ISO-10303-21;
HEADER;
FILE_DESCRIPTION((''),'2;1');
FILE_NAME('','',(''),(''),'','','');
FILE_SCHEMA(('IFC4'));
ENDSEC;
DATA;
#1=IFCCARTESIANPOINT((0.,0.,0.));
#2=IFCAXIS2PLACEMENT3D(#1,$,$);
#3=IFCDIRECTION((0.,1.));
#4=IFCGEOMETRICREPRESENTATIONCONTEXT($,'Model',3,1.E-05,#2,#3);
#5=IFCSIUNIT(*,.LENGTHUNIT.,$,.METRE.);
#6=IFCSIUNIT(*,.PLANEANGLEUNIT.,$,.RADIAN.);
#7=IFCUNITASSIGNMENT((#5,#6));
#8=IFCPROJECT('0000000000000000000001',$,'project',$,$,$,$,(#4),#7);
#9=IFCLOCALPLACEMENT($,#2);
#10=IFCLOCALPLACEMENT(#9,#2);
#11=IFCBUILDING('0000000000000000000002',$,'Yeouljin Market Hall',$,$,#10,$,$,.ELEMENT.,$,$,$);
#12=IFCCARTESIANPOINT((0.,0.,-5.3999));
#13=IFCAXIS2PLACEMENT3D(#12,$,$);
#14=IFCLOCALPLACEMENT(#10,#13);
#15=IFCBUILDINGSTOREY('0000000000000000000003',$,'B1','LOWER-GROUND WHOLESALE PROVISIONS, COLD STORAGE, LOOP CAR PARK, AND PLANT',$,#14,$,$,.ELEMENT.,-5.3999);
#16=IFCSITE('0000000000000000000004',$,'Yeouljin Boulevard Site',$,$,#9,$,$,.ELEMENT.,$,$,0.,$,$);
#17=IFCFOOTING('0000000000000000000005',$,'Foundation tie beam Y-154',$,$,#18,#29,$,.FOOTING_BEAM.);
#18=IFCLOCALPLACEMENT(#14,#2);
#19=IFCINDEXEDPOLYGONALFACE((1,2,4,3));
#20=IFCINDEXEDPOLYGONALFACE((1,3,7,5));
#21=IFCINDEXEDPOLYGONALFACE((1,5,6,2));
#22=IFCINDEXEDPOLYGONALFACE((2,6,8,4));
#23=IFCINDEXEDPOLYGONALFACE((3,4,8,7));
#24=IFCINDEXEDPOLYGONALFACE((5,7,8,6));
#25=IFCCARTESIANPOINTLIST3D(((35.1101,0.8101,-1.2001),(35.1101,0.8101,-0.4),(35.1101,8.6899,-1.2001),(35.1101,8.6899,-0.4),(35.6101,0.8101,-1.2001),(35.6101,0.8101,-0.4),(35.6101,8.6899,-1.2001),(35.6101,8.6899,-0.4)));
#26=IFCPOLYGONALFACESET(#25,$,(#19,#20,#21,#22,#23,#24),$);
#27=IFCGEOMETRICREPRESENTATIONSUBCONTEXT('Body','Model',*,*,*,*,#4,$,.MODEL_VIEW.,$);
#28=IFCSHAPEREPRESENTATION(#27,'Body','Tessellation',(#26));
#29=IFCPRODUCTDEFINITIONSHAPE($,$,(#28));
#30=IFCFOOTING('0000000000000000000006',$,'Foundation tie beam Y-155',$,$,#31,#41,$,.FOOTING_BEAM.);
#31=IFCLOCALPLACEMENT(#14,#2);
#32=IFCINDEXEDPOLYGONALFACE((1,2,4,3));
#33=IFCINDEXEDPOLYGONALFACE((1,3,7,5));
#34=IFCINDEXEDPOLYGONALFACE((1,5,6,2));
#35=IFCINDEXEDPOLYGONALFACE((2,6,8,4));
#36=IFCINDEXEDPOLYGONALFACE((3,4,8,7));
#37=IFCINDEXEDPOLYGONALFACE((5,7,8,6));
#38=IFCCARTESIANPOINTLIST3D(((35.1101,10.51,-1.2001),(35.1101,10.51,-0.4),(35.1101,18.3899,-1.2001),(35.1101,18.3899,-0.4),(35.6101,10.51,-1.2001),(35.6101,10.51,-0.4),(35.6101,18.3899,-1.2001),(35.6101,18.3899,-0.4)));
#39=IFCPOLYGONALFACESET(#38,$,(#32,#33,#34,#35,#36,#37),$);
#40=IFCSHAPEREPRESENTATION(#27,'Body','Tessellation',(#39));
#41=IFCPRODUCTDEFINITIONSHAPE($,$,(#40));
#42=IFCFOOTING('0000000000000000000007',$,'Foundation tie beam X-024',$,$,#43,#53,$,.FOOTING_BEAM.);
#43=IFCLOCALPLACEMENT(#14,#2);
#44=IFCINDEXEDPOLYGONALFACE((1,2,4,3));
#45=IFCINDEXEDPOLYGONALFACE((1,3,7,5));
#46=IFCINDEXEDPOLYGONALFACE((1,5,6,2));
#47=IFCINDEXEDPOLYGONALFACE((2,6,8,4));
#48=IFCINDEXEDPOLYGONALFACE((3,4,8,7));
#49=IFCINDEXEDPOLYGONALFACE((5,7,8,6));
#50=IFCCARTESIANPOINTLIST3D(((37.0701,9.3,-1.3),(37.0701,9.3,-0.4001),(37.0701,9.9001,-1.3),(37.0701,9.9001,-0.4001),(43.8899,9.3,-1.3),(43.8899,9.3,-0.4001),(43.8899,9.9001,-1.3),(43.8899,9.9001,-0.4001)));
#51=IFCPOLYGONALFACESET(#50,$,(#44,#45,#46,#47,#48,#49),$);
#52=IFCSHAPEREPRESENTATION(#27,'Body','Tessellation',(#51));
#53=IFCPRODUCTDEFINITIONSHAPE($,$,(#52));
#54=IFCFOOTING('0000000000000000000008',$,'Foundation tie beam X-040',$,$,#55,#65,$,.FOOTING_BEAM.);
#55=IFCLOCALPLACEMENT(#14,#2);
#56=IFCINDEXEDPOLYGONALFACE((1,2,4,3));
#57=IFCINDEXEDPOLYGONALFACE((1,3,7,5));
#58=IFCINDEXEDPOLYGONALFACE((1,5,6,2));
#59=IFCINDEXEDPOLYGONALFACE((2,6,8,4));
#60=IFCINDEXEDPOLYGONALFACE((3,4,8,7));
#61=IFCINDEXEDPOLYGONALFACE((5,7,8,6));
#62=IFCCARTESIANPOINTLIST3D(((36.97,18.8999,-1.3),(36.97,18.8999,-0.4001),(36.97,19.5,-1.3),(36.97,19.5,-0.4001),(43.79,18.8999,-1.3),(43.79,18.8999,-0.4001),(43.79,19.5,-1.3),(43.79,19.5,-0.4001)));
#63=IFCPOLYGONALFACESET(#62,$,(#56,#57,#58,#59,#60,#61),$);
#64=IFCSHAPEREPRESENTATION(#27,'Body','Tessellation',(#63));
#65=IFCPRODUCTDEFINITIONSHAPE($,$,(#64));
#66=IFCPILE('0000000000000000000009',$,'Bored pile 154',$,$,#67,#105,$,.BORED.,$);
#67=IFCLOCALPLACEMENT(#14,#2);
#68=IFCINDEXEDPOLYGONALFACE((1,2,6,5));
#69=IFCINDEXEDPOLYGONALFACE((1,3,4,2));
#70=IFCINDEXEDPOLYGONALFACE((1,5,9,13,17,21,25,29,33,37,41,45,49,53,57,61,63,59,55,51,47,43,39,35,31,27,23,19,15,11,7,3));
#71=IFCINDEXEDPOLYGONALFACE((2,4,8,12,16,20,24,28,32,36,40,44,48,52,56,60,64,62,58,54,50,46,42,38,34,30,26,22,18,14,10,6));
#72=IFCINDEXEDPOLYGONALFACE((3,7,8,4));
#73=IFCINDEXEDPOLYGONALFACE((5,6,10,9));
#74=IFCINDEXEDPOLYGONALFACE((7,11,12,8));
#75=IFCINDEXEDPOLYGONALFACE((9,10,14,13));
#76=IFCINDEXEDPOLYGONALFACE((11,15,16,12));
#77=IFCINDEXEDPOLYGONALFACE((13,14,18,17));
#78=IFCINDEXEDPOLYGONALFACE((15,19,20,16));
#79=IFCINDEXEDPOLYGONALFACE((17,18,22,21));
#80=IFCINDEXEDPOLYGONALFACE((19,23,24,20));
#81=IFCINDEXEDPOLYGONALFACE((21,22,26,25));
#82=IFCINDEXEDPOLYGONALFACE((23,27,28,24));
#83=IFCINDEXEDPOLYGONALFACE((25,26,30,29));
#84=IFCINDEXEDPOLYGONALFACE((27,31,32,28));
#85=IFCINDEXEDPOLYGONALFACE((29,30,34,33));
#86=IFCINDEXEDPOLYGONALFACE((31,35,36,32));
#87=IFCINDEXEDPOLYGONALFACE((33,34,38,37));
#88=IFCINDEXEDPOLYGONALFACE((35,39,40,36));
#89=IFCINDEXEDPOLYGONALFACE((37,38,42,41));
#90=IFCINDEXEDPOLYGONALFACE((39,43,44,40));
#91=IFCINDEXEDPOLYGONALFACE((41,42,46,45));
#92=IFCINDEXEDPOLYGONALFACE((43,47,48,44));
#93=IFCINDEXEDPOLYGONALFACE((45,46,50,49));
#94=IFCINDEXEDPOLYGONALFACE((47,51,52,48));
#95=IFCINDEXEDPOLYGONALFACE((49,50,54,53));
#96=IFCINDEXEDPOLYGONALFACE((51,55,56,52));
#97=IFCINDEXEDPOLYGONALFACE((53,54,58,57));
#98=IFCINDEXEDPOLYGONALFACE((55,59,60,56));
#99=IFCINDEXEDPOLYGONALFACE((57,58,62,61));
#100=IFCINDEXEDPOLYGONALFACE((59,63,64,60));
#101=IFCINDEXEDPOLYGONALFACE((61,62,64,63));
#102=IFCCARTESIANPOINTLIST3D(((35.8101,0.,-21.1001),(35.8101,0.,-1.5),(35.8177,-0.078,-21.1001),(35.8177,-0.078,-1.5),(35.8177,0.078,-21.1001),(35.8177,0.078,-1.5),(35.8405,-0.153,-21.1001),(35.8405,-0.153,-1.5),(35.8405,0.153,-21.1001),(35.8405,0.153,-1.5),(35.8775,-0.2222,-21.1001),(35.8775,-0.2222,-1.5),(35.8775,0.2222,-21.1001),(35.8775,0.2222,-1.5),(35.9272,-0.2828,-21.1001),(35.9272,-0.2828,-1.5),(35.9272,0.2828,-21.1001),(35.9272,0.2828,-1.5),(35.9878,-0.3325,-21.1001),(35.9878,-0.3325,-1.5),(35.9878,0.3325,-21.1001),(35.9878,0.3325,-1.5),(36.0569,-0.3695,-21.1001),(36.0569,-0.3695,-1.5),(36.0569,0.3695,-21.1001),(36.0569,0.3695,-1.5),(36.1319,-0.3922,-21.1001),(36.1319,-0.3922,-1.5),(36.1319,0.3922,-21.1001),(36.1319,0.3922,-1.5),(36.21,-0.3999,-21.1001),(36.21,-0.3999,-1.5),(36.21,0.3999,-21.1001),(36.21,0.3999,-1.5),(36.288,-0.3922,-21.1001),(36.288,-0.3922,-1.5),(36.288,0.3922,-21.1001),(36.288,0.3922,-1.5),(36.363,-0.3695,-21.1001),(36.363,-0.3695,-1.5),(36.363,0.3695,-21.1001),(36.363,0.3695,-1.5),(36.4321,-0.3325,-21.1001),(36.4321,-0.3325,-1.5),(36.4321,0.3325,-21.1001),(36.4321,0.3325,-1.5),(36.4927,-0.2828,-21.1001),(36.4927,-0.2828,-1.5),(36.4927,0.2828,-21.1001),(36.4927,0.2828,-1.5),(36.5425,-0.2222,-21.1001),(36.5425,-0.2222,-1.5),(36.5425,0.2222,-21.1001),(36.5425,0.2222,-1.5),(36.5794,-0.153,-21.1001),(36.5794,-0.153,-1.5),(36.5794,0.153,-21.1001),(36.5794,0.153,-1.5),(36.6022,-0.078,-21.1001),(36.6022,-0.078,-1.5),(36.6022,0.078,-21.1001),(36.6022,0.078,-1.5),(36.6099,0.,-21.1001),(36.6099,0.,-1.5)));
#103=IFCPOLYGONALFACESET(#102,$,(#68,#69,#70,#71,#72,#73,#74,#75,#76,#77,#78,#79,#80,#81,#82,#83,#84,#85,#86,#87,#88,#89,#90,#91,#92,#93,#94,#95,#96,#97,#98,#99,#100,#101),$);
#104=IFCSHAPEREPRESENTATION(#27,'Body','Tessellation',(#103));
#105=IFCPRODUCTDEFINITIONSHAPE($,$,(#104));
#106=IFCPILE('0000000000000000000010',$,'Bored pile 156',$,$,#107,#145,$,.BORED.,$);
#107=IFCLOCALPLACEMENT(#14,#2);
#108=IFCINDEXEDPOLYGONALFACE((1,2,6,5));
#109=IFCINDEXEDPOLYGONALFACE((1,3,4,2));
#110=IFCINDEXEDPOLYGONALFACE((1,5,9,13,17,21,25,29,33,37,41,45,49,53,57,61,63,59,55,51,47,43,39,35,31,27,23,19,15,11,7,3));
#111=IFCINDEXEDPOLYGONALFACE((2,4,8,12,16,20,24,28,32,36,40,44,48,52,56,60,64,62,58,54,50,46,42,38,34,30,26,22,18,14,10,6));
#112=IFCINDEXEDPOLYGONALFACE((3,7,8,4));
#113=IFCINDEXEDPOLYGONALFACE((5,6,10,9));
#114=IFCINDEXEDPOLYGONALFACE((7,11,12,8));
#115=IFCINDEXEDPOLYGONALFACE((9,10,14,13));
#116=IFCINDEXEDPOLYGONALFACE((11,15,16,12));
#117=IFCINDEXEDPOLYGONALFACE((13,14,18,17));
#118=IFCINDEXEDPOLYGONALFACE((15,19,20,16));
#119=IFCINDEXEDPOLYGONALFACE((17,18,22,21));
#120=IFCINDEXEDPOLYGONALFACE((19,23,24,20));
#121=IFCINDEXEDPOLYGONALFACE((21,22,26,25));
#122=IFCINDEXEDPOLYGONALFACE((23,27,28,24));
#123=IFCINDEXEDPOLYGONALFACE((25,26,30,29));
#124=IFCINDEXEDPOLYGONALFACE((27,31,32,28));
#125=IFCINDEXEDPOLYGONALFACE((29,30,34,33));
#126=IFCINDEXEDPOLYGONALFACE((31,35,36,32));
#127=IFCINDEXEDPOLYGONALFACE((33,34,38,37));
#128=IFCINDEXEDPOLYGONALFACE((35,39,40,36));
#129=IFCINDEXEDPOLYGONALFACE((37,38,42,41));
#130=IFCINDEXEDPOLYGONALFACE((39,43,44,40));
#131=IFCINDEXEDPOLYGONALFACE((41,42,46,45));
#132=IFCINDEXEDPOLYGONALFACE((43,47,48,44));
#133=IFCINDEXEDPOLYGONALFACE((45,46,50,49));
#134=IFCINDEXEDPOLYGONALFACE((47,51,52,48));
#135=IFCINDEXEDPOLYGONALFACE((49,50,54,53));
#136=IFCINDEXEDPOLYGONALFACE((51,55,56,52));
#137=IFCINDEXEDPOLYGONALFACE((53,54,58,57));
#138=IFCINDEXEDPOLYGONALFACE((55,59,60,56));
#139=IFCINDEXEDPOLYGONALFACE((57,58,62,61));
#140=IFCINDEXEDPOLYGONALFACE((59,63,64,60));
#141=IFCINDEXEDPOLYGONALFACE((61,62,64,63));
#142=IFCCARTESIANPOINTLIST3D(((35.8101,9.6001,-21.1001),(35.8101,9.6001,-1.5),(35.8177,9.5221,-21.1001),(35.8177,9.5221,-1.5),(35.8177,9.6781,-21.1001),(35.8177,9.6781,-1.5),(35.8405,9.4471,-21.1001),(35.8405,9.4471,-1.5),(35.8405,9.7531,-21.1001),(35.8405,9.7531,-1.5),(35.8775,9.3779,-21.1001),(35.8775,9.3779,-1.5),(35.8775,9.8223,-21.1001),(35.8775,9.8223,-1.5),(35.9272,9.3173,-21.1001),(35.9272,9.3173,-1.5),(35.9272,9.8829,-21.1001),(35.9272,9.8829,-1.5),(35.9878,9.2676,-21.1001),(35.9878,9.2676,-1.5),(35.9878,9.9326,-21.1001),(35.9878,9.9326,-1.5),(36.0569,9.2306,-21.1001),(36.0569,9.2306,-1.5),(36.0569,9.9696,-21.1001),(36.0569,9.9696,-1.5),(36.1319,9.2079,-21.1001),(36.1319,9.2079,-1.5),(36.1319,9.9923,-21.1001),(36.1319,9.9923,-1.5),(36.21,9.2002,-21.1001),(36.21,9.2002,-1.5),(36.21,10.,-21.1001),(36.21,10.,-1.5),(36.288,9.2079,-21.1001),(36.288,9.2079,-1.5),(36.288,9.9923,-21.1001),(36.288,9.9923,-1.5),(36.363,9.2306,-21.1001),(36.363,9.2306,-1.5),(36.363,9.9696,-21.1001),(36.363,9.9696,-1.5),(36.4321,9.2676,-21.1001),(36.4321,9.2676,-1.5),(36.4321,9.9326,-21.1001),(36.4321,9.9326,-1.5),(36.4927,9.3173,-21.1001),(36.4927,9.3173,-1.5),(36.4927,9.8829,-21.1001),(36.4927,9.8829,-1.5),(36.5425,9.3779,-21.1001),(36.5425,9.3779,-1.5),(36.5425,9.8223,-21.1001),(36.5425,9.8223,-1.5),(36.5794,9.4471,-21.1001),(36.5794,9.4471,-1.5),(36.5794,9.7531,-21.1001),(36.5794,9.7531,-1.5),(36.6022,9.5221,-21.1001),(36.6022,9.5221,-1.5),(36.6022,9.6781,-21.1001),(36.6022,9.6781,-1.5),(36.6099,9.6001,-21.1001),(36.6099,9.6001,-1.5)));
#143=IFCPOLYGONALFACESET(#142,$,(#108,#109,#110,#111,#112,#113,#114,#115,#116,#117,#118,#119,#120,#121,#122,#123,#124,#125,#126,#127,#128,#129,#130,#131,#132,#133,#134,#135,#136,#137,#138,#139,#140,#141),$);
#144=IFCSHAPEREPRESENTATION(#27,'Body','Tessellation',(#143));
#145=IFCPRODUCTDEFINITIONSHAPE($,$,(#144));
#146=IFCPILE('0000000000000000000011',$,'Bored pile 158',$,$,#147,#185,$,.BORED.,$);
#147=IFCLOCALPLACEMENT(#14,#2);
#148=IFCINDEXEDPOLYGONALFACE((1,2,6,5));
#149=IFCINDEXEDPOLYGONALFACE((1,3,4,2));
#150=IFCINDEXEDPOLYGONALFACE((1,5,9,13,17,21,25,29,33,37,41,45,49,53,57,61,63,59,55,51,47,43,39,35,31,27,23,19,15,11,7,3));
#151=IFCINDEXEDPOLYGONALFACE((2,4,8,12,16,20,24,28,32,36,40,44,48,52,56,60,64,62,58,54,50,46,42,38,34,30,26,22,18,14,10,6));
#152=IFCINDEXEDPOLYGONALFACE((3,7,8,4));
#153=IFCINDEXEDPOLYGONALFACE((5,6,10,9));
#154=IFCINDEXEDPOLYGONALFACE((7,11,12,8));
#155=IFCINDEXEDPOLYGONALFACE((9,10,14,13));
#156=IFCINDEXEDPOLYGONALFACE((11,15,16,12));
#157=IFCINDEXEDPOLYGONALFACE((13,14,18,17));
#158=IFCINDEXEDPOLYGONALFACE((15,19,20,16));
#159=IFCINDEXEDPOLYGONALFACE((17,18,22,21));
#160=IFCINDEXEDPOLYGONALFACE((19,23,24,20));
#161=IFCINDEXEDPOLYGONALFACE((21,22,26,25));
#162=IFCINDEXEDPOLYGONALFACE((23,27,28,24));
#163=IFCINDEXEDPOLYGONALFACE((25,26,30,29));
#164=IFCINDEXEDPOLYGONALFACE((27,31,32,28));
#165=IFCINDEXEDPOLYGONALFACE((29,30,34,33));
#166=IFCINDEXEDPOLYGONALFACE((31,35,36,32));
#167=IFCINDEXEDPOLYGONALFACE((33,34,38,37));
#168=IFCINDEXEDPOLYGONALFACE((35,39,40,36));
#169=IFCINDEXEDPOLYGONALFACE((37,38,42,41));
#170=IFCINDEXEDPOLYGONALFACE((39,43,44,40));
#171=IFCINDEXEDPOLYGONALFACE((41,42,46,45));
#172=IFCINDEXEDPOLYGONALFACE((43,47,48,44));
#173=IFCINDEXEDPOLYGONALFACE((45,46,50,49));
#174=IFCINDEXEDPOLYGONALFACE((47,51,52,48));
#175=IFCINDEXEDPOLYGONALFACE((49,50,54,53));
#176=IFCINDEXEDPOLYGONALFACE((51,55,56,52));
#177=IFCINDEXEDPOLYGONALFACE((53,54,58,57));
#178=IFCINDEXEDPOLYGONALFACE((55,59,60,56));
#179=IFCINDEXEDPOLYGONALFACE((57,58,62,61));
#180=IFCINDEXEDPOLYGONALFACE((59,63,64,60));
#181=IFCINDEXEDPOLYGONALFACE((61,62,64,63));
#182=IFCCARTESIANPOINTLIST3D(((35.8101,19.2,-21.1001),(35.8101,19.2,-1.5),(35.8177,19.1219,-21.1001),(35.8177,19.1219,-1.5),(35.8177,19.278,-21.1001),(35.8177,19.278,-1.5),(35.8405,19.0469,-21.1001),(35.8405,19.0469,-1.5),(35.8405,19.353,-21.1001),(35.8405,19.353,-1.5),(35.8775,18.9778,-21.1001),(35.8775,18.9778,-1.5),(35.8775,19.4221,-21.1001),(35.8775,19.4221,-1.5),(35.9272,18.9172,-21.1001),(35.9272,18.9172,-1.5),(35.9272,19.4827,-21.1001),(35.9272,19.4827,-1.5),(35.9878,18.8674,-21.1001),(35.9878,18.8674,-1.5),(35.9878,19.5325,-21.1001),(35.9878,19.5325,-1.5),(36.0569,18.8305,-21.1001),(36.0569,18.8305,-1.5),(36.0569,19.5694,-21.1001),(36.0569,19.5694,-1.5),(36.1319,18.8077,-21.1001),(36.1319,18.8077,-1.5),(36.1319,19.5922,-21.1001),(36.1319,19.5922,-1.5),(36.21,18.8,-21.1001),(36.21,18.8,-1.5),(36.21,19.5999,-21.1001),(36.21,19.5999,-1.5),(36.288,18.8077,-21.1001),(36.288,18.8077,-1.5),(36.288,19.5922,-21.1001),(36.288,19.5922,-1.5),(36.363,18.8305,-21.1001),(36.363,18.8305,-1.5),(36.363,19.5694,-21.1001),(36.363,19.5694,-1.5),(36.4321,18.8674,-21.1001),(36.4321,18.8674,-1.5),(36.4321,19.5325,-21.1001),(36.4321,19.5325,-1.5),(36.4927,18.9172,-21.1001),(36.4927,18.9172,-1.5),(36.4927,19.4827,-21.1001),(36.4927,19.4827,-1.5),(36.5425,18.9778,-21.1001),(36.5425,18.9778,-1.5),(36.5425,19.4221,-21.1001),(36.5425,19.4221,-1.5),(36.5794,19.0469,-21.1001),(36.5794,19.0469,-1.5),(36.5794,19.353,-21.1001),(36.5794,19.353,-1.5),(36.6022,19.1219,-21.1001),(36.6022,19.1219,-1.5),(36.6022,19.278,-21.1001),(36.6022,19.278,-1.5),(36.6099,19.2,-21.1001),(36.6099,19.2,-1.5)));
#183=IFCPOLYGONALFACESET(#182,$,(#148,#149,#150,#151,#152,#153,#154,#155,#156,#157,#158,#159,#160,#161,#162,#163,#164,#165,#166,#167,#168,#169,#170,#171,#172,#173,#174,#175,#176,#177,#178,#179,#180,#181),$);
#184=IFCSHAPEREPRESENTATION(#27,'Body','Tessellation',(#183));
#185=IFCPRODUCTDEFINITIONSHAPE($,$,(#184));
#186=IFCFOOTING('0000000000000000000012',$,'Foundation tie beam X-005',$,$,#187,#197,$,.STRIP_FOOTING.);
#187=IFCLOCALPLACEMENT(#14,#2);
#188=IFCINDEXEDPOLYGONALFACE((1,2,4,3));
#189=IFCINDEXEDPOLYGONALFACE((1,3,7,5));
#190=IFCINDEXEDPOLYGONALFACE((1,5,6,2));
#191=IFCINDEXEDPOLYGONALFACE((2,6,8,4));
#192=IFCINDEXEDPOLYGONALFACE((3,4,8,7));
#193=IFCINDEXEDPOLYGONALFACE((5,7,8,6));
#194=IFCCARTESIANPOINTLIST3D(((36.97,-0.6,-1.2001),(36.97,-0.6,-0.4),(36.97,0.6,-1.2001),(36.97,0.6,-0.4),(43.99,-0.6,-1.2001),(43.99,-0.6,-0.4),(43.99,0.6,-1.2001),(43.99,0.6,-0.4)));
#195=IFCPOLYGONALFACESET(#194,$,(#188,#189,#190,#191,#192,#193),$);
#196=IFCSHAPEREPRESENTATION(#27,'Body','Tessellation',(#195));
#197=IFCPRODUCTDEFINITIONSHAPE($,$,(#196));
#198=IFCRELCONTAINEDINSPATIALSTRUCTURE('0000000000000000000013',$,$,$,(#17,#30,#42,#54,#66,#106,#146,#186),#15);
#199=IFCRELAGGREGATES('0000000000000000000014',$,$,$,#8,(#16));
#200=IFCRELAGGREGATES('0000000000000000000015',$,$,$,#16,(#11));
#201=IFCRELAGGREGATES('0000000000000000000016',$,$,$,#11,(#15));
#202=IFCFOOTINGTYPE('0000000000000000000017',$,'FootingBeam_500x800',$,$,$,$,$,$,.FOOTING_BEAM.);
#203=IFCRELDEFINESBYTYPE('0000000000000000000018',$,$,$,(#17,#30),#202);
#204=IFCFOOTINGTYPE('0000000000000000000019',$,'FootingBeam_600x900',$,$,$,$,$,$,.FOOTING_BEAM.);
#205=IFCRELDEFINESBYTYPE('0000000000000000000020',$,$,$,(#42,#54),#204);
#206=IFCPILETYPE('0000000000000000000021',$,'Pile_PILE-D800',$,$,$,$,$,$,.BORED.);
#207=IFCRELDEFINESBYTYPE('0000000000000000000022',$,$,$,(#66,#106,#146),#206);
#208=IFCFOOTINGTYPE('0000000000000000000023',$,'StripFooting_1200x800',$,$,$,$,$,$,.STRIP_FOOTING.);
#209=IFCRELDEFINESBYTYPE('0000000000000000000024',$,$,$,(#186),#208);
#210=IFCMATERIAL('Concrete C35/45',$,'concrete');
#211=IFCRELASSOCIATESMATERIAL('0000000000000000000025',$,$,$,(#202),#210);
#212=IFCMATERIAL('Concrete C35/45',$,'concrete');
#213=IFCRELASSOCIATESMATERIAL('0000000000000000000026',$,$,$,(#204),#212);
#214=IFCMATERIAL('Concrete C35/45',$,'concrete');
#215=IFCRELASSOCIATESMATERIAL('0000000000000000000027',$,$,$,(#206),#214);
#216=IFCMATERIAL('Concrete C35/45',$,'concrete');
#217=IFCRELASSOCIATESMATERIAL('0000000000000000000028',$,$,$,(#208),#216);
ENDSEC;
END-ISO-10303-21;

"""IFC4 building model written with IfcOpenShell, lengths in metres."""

from ifc_helpers import new_model, si_unit, direction, frame, origin, origin_2d, place, context, subcontext, project, spatial, rectangle, circle, extrude, material, material_profile, profile_set, type_object, element, save


model = new_model("IFC4")

# Units and contexts
model_context = context("Model", 3, precision=1e-05, world=origin(), true_north=direction((0.0, 1.0)))
body_context = subcontext(model_context, "Body", "Model", "MODEL_VIEW")
ifc_project = project(units=[si_unit("LENGTHUNIT", "METRE"), si_unit("PLANEANGLEUNIT", "RADIAN")], contexts=[model_context])

# Site, building, storey
site_placement = place(None, origin())
site = spatial("IfcSite", under=ifc_project, at=site_placement, Name="Yeouljin Boulevard Site", CompositionType="ELEMENT", RefElevation=0.0)
building_placement = place(site_placement, origin())
building = spatial("IfcBuilding", under=site, at=building_placement, Name="Yeouljin Market Hall", CompositionType="ELEMENT")
storey_placement = place(building_placement, frame((0.0, 0.0, -5.3999)))
storey = spatial("IfcBuildingStorey", under=building, at=storey_placement, Name="B1", Description="LOWER-GROUND WHOLESALE PROVISIONS, COLD STORAGE, LOOP CAR PARK, AND PLANT", CompositionType="ELEMENT", Elevation=-5.3999)

# Footings
ifc_material_1 = material(Name="Concrete C35/45", Category="concrete")
ifc_material_profile_1 = material_profile(ifc_material_1, rectangle(XDim=0.5, YDim=0.8, at=origin_2d()), Name="RC-500x800")
ifc_profile_set_1 = profile_set([ifc_material_profile_1], Name="Concrete C35/45")
footing_type_1 = type_object("IfcFootingType", Name="FootingBeam_500x800", PredefinedType="FOOTING_BEAM", material=ifc_profile_set_1)
for number, where, z_axis, x_axis, name in (
    (1, (35.3601, 0.8101, -0.8), (0.0, 1.0, 0.0), (-1.0, 0.0, 0.0), "Foundation tie beam Y-154"),
    (2, (35.3601, 10.51, -0.8), (0.0, 1.0, 0.0), (-1.0, 0.0, 0.0), "Foundation tie beam Y-155"),
):
    element("IfcFooting", number, at=place(storey_placement, frame(where, z_axis=z_axis, x_axis=x_axis)), inside=storey, type_object=footing_type_1, Name=name, PredefinedType="FOOTING_BEAM", context=body_context, shape_type="SweptSolid", body=[
        extrude(rectangle(XDim=0.5, YDim=0.8, at=origin_2d()), origin(), (0.0, 0.0, 1.0), 7.8799),
    ])
ifc_material_2 = material(Name="Concrete C35/45", Category="concrete")
ifc_material_profile_2 = material_profile(ifc_material_2, rectangle(XDim=0.6001, YDim=0.8999, at=origin_2d()), Name="RC-600x900")
ifc_profile_set_2 = profile_set([ifc_material_profile_2], Name="Concrete C35/45")
footing_type_2 = type_object("IfcFootingType", Name="FootingBeam_600x900", PredefinedType="FOOTING_BEAM", material=ifc_profile_set_2)
footing_1_placement = place(storey_placement, frame((37.0701, 9.6001, -0.8501), z_axis=(1.0, 0.0, 0.0), x_axis=(0.0, 1.0, 0.0)))
element("IfcFooting", 3, at=footing_1_placement, inside=storey, type_object=footing_type_2, Name="Foundation tie beam X-024", PredefinedType="FOOTING_BEAM", context=body_context, shape_type="SweptSolid", body=[
    extrude(rectangle(XDim=0.6001, YDim=0.8999, at=origin_2d()), origin(), (0.0, 0.0, 1.0), 6.8198),
])
footing_2_placement = place(storey_placement, frame((36.97, 19.2, -0.8501), z_axis=(1.0, 0.0, 0.0), x_axis=(0.0, 1.0, 0.0)))
element("IfcFooting", 4, at=footing_2_placement, inside=storey, type_object=footing_type_2, Name="Foundation tie beam X-040", PredefinedType="FOOTING_BEAM", context=body_context, shape_type="SweptSolid", body=[
    extrude(rectangle(XDim=0.6001, YDim=0.8999, at=origin_2d()), origin(), (0.0, 0.0, 1.0), 6.8201),
])

# Piles
ifc_material_3 = material(Name="Concrete C35/45", Category="concrete")
ifc_material_profile_3 = material_profile(ifc_material_3, circle(Radius=0.3999, at=origin_2d()), Name="PILE-D800")
ifc_profile_set_3 = profile_set([ifc_material_profile_3], Name="Concrete C35/45")
pile_type = type_object("IfcPileType", Name="Pile_PILE-D800", PredefinedType="BORED", material=ifc_profile_set_3)
for number, where, z_axis, x_axis, name in (
    (5, (36.21, 0.0, -1.5), (0.0, 0.0, -1.0), (1.0, 0.0, 0.0), "Bored pile 154"),
    (6, (36.21, 9.6001, -1.5), (0.0, 0.0, -1.0), (1.0, 0.0, 0.0), "Bored pile 156"),
    (7, (36.21, 19.2, -1.5), (0.0, 0.0, -1.0), (1.0, 0.0, 0.0), "Bored pile 158"),
):
    element("IfcPile", number, at=place(storey_placement, frame(where, z_axis=z_axis, x_axis=x_axis)), inside=storey, type_object=pile_type, Name=name, PredefinedType="BORED", context=body_context, shape_type="SweptSolid", body=[
        extrude(circle(Radius=0.3999, at=origin_2d()), origin(), (0.0, 0.0, 1.0), 19.6001),
    ])

# Footing
ifc_material_4 = material(Name="Concrete C35/45", Category="concrete")
ifc_material_profile_4 = material_profile(ifc_material_4, rectangle(XDim=1.2, YDim=0.8, at=origin_2d()), Name="SF-1200x800")
ifc_profile_set_4 = profile_set([ifc_material_profile_4], Name="Concrete C35/45")
footing_type_3 = type_object("IfcFootingType", Name="StripFooting_1200x800", PredefinedType="STRIP_FOOTING", material=ifc_profile_set_4)
footing_3_placement = place(storey_placement, frame((36.97, 0.0, -0.8), z_axis=(1.0, 0.0, 0.0), x_axis=(0.0, 1.0, 0.0)))
element("IfcFooting", 8, at=footing_3_placement, inside=storey, type_object=footing_type_3, Name="Foundation tie beam X-005", PredefinedType="STRIP_FOOTING", context=body_context, shape_type="SweptSolid", body=[
    extrude(rectangle(XDim=1.2, YDim=0.8, at=origin_2d()), origin(), (0.0, 0.0, 1.0), 7.02),
])

save(model, "model.ifc")
